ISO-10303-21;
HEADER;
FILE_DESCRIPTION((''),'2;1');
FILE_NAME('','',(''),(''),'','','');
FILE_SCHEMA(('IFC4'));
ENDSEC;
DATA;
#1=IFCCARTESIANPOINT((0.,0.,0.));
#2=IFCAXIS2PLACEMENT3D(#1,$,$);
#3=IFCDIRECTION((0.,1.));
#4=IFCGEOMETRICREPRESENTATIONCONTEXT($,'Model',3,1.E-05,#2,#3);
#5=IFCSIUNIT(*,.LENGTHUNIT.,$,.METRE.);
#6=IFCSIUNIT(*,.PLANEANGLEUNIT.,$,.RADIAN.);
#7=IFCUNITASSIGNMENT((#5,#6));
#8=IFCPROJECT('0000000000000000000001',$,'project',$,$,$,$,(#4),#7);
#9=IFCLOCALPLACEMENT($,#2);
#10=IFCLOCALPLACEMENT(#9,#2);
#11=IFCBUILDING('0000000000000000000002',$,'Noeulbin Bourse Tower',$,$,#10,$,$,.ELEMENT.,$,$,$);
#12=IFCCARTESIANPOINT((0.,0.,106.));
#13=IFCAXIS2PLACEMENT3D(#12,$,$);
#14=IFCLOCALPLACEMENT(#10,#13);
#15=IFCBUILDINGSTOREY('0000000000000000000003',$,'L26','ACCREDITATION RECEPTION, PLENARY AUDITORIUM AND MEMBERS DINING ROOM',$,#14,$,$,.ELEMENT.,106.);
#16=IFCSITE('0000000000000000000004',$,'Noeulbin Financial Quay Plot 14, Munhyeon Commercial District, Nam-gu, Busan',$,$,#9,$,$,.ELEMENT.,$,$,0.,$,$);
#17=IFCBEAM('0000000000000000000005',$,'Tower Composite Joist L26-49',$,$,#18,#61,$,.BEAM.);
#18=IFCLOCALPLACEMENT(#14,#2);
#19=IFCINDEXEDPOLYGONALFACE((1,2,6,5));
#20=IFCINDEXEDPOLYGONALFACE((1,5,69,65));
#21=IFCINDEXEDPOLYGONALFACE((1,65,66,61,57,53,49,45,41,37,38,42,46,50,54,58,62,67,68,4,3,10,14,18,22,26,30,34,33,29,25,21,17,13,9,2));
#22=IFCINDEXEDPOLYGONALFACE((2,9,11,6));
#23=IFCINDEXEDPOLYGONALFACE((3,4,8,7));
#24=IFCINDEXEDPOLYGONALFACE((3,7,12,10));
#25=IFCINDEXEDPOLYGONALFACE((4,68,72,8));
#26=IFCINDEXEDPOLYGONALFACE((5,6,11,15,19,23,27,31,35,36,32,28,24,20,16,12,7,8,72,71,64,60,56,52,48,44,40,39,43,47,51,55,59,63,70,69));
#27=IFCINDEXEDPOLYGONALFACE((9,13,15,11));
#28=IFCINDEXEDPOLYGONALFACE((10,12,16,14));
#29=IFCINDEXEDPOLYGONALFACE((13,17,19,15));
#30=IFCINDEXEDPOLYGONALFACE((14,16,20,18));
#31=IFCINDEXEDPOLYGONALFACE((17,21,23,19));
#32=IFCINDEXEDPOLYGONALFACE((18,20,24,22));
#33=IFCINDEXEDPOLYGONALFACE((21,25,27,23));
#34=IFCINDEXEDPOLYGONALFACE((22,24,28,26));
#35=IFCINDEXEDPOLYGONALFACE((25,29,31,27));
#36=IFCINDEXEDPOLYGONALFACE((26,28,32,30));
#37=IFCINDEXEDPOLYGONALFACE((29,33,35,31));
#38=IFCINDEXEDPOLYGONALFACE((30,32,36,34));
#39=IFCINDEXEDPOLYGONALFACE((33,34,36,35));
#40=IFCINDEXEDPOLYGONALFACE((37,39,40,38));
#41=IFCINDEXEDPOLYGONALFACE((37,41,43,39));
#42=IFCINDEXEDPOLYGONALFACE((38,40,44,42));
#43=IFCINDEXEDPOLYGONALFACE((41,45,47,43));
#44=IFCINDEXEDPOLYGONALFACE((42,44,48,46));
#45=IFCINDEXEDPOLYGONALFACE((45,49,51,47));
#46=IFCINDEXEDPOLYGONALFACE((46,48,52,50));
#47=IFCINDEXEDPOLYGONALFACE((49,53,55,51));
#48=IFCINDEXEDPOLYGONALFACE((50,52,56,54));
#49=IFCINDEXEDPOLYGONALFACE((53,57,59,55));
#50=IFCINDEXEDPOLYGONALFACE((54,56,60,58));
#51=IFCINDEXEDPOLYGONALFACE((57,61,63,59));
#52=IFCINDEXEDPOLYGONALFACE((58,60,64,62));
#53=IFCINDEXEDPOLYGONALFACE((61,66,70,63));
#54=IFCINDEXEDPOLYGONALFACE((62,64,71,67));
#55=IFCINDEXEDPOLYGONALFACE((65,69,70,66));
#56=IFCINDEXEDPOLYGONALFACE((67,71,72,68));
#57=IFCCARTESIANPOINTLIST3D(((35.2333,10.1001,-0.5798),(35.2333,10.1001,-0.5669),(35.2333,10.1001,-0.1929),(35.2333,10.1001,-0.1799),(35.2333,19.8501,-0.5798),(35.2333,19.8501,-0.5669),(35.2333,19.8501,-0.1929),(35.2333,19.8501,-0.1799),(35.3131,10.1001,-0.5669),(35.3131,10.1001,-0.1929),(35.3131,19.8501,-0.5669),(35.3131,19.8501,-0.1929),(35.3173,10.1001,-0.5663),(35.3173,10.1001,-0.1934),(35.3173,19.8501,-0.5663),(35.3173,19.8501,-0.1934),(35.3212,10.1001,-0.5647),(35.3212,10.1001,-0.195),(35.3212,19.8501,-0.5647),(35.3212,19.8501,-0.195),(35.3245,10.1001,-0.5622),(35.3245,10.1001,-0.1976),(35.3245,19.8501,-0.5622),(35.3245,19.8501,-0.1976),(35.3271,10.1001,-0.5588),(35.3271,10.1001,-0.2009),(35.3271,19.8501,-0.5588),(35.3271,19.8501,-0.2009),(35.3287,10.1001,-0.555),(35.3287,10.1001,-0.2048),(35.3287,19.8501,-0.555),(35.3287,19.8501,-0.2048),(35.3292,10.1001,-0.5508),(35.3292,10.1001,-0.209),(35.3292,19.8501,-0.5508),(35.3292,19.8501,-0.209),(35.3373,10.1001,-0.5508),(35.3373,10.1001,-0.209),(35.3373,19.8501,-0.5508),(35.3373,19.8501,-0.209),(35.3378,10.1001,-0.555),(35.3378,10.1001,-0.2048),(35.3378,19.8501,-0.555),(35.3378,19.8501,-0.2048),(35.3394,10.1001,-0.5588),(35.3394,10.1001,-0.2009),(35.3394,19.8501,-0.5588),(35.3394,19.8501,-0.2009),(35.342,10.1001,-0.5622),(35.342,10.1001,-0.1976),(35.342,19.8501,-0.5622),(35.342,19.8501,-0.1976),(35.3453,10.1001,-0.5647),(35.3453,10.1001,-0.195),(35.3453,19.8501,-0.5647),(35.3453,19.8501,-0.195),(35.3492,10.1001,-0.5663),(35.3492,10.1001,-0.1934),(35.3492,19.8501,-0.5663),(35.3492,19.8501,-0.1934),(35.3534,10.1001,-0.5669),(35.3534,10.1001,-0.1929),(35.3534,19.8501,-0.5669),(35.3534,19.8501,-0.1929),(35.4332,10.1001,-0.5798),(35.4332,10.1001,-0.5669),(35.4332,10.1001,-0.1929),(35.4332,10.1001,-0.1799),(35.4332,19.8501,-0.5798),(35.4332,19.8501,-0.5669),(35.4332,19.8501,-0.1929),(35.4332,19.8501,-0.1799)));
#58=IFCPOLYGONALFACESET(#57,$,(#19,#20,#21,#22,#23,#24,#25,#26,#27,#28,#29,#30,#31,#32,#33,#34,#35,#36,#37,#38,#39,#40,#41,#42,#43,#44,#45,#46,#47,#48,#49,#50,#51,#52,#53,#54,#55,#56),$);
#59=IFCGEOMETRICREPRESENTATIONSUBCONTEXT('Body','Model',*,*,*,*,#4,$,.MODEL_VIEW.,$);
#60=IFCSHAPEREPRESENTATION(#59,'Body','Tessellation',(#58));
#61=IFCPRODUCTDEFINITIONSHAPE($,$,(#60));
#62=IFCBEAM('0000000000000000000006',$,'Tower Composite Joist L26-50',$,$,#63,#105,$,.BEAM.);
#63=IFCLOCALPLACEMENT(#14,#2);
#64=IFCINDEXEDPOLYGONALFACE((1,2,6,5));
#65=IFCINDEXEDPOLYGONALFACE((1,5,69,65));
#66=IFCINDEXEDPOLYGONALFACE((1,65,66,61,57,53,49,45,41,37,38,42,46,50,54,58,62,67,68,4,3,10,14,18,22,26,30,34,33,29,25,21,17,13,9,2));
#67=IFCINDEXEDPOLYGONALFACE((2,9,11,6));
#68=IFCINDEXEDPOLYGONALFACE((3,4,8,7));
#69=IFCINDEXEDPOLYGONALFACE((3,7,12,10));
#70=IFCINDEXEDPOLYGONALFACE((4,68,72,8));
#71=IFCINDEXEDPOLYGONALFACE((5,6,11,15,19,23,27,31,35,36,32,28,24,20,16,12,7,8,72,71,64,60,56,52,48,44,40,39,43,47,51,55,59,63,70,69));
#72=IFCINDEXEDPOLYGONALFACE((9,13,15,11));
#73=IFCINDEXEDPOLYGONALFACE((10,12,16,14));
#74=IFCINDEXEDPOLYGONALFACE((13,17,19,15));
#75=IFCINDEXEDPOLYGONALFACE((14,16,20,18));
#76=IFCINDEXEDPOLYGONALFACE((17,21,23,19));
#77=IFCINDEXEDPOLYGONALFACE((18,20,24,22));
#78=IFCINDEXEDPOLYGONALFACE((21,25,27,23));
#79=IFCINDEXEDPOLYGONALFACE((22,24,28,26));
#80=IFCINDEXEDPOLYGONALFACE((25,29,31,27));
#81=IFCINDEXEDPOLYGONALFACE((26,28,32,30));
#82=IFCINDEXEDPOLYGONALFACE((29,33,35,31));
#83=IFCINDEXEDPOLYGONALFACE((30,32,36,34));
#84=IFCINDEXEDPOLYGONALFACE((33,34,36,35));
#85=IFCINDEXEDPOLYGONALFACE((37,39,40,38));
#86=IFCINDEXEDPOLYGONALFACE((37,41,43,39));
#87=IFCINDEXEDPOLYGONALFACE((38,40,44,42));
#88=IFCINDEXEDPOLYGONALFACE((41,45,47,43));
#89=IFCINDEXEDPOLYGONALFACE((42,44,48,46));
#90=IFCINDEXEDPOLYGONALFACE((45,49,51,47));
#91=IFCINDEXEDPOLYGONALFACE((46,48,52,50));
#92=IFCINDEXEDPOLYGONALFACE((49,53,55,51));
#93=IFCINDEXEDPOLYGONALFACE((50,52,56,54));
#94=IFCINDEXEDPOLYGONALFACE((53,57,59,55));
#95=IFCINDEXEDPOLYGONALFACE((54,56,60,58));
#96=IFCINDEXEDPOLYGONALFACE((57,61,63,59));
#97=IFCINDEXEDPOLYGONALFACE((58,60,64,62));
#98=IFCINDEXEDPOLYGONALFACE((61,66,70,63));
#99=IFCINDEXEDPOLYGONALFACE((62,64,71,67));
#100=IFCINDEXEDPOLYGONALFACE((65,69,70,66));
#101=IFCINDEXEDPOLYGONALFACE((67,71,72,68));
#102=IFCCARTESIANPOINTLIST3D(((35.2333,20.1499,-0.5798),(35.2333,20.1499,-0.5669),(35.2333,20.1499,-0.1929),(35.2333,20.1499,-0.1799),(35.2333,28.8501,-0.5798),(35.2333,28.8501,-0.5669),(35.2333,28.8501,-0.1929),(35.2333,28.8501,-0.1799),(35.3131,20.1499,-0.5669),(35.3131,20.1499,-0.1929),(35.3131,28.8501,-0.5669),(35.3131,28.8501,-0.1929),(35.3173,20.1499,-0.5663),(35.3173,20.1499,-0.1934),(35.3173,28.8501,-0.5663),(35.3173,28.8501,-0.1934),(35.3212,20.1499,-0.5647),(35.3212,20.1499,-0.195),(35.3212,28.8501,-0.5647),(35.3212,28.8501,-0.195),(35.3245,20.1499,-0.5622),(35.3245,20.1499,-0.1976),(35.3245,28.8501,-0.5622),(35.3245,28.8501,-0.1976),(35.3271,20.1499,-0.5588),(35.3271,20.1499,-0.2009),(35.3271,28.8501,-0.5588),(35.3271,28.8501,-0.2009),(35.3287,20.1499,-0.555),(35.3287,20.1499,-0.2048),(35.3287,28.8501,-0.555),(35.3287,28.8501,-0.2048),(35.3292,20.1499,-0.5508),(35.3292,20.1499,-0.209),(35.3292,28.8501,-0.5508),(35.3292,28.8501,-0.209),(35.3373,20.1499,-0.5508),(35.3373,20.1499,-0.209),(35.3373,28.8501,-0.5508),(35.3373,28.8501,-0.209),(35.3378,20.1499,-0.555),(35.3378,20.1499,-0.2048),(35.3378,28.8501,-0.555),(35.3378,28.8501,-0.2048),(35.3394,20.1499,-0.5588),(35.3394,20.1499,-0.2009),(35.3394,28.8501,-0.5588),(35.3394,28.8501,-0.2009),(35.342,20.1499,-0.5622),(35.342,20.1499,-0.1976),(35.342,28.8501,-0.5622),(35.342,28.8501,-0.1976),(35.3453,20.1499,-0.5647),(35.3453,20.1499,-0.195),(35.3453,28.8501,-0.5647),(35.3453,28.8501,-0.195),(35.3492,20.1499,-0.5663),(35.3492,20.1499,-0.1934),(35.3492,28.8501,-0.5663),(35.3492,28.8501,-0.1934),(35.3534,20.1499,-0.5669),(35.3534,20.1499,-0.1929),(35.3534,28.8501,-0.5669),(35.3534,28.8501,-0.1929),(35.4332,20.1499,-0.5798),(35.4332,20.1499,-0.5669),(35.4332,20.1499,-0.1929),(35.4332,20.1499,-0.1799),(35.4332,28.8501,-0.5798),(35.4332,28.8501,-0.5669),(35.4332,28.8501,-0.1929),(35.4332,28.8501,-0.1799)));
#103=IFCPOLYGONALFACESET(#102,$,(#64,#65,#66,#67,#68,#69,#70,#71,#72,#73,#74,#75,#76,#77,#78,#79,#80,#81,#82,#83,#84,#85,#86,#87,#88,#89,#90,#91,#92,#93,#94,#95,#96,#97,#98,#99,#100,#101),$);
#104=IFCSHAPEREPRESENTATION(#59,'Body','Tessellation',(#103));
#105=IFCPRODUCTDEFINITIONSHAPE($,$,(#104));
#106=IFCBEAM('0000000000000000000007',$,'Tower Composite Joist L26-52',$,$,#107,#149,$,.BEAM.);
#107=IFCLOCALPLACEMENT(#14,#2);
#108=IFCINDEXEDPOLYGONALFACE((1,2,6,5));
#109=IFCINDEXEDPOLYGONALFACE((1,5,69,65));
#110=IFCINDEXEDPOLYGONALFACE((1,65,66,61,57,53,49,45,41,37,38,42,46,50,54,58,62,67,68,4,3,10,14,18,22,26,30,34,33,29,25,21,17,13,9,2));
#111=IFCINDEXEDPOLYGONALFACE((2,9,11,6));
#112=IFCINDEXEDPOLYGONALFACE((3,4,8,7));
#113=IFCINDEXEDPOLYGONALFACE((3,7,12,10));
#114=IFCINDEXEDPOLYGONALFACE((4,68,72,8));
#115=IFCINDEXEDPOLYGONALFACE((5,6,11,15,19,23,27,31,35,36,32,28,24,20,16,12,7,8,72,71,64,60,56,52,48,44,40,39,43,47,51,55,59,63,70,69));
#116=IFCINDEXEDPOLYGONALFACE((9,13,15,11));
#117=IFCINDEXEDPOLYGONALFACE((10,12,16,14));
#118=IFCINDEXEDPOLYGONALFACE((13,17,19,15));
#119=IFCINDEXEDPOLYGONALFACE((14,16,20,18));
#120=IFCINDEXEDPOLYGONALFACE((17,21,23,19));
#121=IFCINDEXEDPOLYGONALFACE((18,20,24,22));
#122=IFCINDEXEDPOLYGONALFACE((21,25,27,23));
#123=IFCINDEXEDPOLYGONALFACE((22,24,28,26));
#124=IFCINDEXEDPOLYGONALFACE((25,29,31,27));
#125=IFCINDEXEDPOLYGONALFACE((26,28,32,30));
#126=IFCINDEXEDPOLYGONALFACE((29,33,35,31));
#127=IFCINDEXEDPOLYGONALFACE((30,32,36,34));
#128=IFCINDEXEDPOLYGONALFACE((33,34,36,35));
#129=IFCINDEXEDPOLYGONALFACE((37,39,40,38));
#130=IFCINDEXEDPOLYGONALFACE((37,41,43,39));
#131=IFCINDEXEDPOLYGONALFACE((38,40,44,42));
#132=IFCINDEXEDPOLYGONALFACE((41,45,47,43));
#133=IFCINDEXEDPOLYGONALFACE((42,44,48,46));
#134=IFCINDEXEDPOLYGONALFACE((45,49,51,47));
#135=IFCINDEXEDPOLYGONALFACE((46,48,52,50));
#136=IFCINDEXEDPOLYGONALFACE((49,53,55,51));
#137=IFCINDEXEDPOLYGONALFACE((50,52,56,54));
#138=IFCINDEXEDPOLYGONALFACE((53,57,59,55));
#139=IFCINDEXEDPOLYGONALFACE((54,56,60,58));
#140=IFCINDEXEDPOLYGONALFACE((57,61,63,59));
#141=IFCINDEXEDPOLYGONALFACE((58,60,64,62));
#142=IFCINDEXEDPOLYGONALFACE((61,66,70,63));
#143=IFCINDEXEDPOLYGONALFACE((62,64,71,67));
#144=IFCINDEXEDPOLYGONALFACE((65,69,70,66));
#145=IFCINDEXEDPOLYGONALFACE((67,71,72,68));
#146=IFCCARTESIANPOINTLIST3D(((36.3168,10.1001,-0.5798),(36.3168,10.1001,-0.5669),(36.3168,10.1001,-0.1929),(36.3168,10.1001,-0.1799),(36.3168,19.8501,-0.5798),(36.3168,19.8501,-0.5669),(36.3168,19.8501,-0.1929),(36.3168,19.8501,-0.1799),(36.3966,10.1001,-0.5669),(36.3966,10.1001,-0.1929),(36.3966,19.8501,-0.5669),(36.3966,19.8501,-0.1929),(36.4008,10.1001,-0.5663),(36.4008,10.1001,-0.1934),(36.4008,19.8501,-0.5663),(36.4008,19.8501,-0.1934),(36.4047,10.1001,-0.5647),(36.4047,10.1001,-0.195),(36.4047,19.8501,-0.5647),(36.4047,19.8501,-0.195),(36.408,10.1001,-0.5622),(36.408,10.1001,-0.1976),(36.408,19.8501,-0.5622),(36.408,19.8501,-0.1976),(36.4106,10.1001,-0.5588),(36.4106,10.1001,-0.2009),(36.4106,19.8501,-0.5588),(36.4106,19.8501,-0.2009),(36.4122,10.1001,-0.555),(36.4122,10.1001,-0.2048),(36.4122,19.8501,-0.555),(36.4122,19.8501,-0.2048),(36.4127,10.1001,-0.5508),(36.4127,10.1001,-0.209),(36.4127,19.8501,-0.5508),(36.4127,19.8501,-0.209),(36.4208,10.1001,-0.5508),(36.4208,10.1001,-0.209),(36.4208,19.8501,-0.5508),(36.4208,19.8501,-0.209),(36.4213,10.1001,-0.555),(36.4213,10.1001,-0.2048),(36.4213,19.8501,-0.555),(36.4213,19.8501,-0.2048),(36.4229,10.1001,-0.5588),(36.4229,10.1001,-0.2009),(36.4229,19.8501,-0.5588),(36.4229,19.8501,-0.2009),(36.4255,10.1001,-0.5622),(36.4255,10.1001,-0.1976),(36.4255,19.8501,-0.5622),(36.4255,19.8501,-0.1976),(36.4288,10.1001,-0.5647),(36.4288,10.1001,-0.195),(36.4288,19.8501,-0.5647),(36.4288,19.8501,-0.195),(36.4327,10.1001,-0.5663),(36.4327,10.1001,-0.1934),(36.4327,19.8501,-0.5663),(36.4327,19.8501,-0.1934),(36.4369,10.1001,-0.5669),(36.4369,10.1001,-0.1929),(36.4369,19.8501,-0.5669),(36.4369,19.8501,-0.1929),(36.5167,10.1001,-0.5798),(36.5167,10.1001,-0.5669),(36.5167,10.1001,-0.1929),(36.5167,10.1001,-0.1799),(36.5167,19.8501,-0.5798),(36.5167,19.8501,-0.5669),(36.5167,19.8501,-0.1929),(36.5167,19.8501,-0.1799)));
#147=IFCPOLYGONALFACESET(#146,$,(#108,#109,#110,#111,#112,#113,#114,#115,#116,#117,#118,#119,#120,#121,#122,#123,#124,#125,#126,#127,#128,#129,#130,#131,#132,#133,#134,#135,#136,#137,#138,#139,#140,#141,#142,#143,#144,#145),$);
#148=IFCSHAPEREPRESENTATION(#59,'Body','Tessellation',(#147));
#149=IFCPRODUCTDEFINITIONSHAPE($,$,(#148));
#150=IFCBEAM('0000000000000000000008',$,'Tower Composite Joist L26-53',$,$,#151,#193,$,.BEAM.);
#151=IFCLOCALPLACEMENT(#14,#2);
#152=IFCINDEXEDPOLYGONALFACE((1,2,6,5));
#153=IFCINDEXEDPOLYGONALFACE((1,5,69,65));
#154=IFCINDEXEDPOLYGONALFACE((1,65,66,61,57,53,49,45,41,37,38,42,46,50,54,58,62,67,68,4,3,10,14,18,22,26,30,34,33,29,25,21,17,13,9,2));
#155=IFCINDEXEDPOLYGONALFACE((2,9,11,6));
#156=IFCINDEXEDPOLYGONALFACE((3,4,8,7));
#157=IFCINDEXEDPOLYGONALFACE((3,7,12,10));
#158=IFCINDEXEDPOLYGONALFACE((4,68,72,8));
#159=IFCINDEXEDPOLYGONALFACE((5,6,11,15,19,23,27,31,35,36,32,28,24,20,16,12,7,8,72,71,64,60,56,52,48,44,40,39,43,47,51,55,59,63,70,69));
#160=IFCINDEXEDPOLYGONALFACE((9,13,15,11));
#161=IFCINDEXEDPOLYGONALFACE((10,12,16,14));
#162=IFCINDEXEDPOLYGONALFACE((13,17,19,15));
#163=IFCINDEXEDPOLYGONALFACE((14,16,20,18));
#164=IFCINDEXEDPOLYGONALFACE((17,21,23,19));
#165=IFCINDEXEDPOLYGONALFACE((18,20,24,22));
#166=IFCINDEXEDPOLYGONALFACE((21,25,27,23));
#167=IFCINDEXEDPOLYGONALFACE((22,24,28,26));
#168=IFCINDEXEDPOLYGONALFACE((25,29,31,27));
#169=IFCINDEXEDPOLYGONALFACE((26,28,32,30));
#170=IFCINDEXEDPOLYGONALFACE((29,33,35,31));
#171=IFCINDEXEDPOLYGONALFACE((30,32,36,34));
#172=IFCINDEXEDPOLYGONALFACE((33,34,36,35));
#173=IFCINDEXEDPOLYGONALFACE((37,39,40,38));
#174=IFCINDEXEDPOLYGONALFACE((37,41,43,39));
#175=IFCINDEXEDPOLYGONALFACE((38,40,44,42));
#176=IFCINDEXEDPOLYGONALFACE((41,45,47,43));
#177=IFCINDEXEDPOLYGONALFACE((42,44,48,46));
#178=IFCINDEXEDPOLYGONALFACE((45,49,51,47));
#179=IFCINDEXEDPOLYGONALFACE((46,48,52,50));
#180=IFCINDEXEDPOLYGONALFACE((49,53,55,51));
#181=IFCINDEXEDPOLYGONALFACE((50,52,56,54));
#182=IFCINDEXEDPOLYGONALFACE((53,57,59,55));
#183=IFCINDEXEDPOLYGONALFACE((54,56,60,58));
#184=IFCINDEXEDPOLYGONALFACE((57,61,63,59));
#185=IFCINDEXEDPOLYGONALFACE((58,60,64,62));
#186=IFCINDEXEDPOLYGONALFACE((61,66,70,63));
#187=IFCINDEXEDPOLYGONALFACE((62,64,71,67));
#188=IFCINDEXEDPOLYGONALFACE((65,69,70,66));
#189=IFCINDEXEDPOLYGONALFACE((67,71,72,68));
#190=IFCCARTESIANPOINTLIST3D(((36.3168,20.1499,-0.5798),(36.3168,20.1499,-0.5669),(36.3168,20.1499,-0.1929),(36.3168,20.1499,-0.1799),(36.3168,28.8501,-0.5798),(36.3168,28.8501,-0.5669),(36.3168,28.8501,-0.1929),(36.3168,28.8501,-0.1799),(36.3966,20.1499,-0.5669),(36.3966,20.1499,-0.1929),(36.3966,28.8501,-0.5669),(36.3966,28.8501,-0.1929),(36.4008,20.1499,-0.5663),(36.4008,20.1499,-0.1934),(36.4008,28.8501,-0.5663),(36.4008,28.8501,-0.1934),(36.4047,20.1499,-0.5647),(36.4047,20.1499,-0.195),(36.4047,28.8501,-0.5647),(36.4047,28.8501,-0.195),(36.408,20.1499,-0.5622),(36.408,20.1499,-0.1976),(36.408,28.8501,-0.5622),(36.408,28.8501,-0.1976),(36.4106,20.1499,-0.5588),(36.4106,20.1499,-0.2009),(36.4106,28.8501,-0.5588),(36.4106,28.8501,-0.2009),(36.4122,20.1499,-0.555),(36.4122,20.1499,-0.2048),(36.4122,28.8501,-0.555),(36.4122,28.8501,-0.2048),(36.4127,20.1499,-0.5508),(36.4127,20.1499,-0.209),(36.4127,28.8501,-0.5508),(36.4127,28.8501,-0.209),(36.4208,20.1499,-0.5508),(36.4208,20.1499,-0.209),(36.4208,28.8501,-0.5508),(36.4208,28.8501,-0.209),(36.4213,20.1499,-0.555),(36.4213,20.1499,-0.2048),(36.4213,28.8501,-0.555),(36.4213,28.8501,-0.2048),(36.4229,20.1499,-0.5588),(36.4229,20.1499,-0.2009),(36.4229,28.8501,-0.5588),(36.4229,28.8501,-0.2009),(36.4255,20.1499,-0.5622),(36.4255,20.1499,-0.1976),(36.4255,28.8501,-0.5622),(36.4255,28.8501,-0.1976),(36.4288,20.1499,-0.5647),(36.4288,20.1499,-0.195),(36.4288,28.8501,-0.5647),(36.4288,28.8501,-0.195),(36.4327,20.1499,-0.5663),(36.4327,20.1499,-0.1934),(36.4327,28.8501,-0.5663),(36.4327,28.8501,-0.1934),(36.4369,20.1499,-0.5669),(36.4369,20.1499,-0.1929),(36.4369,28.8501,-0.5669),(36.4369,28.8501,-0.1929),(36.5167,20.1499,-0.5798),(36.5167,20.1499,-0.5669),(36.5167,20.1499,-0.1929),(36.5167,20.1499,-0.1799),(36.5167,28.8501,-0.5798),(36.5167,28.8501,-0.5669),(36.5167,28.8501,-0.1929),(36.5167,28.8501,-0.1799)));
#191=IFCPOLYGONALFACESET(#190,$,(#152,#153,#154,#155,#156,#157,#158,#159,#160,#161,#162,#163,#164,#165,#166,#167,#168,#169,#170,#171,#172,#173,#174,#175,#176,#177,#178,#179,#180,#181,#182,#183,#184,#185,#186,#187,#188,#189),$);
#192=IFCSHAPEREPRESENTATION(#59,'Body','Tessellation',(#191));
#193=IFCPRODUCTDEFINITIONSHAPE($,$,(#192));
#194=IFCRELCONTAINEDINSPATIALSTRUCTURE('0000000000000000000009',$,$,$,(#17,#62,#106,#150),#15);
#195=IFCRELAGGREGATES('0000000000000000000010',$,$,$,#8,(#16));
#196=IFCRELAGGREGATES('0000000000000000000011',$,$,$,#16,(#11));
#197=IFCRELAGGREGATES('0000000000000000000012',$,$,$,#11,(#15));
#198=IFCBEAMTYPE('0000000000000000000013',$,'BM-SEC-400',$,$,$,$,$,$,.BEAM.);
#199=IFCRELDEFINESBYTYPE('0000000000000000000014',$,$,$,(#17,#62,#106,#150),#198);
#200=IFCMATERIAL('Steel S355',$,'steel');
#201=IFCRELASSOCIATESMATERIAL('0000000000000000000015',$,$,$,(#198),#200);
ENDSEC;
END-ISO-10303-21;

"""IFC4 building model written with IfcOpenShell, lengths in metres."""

from ifc_helpers import new_model, si_unit, direction, frame, origin, origin_2d, place, context, subcontext, project, spatial, i_section, extrude, material, material_profile, profile_set, type_object, element, save


model = new_model("IFC4")

# Units and contexts
model_context = context("Model", 3, precision=1e-05, world=origin(), true_north=direction((0.0, 1.0)))
body_context = subcontext(model_context, "Body", "Model", "MODEL_VIEW")
ifc_project = project(units=[si_unit("LENGTHUNIT", "METRE"), si_unit("PLANEANGLEUNIT", "RADIAN")], contexts=[model_context])

# Site, building, storey
site_placement = place(None, origin())
site = spatial("IfcSite", under=ifc_project, at=site_placement, Name="Noeulbin Financial Quay Plot 14, Munhyeon Commercial District, Nam-gu, Busan", CompositionType="ELEMENT", RefElevation=0.0)
building_placement = place(site_placement, origin())
building = spatial("IfcBuilding", under=site, at=building_placement, Name="Noeulbin Bourse Tower", CompositionType="ELEMENT")
storey_placement = place(building_placement, frame((0.0, 0.0, 106.0)))
storey = spatial("IfcBuildingStorey", under=building, at=storey_placement, Name="L26", Description="ACCREDITATION RECEPTION, PLENARY AUDITORIUM AND MEMBERS DINING ROOM", CompositionType="ELEMENT", Elevation=106.0)

# Beams
ifc_material_1 = material(Name="Steel S355", Category="steel")
ifc_material_profile_1 = material_profile(ifc_material_1, i_section(OverallWidth=0.2, OverallDepth=0.3999, WebThickness=0.0081, FlangeThickness=0.0129, FilletRadius=0.0161, at=origin_2d()), Name="H-400x200x8x13", Category="LoadBearing")
ifc_profile_set_1 = profile_set([ifc_material_profile_1], Name="Steel S355")
beam_type_1 = type_object("IfcBeamType", Name="BM-SEC-400", PredefinedType="BEAM", material=ifc_profile_set_1)
beam_1_placement = place(storey_placement, frame((35.3333, 10.1001, -0.3799), z_axis=(0.0, 1.0, 0.0), x_axis=(-1.0, 0.0, 0.0)))
element("IfcBeam", 1, at=beam_1_placement, inside=storey, type_object=beam_type_1, Name="Tower Composite Joist L26-49", PredefinedType="BEAM", context=body_context, shape_type="SweptSolid", body=[
    extrude(i_section(OverallWidth=0.2, OverallDepth=0.3999, WebThickness=0.0081, FlangeThickness=0.0129, FilletRadius=0.0161, at=origin_2d()), origin(), (0.0, 0.0, 1.0), 9.75),
])
beam_2_placement = place(storey_placement, frame((35.3333, 20.1499, -0.3799), z_axis=(0.0, 1.0, 0.0), x_axis=(-1.0, 0.0, 0.0)))
element("IfcBeam", 2, at=beam_2_placement, inside=storey, type_object=beam_type_1, Name="Tower Composite Joist L26-50", PredefinedType="BEAM", context=body_context, shape_type="SweptSolid", body=[
    extrude(i_section(OverallWidth=0.2, OverallDepth=0.3999, WebThickness=0.0081, FlangeThickness=0.0129, FilletRadius=0.0161, at=origin_2d()), origin(), (0.0, 0.0, 1.0), 8.7002),
])
beam_3_placement = place(storey_placement, frame((36.4167, 10.1001, -0.3799), z_axis=(0.0, 1.0, 0.0), x_axis=(-1.0, 0.0, 0.0)))
element("IfcBeam", 3, at=beam_3_placement, inside=storey, type_object=beam_type_1, Name="Tower Composite Joist L26-52", PredefinedType="BEAM", context=body_context, shape_type="SweptSolid", body=[
    extrude(i_section(OverallWidth=0.2, OverallDepth=0.3999, WebThickness=0.0081, FlangeThickness=0.0129, FilletRadius=0.0161, at=origin_2d()), origin(), (0.0, 0.0, 1.0), 9.75),
])
beam_4_placement = place(storey_placement, frame((36.4167, 20.1499, -0.3799), z_axis=(0.0, 1.0, 0.0), x_axis=(-1.0, 0.0, 0.0)))
element("IfcBeam", 4, at=beam_4_placement, inside=storey, type_object=beam_type_1, Name="Tower Composite Joist L26-53", PredefinedType="BEAM", context=body_context, shape_type="SweptSolid", body=[
    extrude(i_section(OverallWidth=0.2, OverallDepth=0.3999, WebThickness=0.0081, FlangeThickness=0.0129, FilletRadius=0.0161, at=origin_2d()), origin(), (0.0, 0.0, 1.0), 8.7002),
])

save(model, "model.ifc")
